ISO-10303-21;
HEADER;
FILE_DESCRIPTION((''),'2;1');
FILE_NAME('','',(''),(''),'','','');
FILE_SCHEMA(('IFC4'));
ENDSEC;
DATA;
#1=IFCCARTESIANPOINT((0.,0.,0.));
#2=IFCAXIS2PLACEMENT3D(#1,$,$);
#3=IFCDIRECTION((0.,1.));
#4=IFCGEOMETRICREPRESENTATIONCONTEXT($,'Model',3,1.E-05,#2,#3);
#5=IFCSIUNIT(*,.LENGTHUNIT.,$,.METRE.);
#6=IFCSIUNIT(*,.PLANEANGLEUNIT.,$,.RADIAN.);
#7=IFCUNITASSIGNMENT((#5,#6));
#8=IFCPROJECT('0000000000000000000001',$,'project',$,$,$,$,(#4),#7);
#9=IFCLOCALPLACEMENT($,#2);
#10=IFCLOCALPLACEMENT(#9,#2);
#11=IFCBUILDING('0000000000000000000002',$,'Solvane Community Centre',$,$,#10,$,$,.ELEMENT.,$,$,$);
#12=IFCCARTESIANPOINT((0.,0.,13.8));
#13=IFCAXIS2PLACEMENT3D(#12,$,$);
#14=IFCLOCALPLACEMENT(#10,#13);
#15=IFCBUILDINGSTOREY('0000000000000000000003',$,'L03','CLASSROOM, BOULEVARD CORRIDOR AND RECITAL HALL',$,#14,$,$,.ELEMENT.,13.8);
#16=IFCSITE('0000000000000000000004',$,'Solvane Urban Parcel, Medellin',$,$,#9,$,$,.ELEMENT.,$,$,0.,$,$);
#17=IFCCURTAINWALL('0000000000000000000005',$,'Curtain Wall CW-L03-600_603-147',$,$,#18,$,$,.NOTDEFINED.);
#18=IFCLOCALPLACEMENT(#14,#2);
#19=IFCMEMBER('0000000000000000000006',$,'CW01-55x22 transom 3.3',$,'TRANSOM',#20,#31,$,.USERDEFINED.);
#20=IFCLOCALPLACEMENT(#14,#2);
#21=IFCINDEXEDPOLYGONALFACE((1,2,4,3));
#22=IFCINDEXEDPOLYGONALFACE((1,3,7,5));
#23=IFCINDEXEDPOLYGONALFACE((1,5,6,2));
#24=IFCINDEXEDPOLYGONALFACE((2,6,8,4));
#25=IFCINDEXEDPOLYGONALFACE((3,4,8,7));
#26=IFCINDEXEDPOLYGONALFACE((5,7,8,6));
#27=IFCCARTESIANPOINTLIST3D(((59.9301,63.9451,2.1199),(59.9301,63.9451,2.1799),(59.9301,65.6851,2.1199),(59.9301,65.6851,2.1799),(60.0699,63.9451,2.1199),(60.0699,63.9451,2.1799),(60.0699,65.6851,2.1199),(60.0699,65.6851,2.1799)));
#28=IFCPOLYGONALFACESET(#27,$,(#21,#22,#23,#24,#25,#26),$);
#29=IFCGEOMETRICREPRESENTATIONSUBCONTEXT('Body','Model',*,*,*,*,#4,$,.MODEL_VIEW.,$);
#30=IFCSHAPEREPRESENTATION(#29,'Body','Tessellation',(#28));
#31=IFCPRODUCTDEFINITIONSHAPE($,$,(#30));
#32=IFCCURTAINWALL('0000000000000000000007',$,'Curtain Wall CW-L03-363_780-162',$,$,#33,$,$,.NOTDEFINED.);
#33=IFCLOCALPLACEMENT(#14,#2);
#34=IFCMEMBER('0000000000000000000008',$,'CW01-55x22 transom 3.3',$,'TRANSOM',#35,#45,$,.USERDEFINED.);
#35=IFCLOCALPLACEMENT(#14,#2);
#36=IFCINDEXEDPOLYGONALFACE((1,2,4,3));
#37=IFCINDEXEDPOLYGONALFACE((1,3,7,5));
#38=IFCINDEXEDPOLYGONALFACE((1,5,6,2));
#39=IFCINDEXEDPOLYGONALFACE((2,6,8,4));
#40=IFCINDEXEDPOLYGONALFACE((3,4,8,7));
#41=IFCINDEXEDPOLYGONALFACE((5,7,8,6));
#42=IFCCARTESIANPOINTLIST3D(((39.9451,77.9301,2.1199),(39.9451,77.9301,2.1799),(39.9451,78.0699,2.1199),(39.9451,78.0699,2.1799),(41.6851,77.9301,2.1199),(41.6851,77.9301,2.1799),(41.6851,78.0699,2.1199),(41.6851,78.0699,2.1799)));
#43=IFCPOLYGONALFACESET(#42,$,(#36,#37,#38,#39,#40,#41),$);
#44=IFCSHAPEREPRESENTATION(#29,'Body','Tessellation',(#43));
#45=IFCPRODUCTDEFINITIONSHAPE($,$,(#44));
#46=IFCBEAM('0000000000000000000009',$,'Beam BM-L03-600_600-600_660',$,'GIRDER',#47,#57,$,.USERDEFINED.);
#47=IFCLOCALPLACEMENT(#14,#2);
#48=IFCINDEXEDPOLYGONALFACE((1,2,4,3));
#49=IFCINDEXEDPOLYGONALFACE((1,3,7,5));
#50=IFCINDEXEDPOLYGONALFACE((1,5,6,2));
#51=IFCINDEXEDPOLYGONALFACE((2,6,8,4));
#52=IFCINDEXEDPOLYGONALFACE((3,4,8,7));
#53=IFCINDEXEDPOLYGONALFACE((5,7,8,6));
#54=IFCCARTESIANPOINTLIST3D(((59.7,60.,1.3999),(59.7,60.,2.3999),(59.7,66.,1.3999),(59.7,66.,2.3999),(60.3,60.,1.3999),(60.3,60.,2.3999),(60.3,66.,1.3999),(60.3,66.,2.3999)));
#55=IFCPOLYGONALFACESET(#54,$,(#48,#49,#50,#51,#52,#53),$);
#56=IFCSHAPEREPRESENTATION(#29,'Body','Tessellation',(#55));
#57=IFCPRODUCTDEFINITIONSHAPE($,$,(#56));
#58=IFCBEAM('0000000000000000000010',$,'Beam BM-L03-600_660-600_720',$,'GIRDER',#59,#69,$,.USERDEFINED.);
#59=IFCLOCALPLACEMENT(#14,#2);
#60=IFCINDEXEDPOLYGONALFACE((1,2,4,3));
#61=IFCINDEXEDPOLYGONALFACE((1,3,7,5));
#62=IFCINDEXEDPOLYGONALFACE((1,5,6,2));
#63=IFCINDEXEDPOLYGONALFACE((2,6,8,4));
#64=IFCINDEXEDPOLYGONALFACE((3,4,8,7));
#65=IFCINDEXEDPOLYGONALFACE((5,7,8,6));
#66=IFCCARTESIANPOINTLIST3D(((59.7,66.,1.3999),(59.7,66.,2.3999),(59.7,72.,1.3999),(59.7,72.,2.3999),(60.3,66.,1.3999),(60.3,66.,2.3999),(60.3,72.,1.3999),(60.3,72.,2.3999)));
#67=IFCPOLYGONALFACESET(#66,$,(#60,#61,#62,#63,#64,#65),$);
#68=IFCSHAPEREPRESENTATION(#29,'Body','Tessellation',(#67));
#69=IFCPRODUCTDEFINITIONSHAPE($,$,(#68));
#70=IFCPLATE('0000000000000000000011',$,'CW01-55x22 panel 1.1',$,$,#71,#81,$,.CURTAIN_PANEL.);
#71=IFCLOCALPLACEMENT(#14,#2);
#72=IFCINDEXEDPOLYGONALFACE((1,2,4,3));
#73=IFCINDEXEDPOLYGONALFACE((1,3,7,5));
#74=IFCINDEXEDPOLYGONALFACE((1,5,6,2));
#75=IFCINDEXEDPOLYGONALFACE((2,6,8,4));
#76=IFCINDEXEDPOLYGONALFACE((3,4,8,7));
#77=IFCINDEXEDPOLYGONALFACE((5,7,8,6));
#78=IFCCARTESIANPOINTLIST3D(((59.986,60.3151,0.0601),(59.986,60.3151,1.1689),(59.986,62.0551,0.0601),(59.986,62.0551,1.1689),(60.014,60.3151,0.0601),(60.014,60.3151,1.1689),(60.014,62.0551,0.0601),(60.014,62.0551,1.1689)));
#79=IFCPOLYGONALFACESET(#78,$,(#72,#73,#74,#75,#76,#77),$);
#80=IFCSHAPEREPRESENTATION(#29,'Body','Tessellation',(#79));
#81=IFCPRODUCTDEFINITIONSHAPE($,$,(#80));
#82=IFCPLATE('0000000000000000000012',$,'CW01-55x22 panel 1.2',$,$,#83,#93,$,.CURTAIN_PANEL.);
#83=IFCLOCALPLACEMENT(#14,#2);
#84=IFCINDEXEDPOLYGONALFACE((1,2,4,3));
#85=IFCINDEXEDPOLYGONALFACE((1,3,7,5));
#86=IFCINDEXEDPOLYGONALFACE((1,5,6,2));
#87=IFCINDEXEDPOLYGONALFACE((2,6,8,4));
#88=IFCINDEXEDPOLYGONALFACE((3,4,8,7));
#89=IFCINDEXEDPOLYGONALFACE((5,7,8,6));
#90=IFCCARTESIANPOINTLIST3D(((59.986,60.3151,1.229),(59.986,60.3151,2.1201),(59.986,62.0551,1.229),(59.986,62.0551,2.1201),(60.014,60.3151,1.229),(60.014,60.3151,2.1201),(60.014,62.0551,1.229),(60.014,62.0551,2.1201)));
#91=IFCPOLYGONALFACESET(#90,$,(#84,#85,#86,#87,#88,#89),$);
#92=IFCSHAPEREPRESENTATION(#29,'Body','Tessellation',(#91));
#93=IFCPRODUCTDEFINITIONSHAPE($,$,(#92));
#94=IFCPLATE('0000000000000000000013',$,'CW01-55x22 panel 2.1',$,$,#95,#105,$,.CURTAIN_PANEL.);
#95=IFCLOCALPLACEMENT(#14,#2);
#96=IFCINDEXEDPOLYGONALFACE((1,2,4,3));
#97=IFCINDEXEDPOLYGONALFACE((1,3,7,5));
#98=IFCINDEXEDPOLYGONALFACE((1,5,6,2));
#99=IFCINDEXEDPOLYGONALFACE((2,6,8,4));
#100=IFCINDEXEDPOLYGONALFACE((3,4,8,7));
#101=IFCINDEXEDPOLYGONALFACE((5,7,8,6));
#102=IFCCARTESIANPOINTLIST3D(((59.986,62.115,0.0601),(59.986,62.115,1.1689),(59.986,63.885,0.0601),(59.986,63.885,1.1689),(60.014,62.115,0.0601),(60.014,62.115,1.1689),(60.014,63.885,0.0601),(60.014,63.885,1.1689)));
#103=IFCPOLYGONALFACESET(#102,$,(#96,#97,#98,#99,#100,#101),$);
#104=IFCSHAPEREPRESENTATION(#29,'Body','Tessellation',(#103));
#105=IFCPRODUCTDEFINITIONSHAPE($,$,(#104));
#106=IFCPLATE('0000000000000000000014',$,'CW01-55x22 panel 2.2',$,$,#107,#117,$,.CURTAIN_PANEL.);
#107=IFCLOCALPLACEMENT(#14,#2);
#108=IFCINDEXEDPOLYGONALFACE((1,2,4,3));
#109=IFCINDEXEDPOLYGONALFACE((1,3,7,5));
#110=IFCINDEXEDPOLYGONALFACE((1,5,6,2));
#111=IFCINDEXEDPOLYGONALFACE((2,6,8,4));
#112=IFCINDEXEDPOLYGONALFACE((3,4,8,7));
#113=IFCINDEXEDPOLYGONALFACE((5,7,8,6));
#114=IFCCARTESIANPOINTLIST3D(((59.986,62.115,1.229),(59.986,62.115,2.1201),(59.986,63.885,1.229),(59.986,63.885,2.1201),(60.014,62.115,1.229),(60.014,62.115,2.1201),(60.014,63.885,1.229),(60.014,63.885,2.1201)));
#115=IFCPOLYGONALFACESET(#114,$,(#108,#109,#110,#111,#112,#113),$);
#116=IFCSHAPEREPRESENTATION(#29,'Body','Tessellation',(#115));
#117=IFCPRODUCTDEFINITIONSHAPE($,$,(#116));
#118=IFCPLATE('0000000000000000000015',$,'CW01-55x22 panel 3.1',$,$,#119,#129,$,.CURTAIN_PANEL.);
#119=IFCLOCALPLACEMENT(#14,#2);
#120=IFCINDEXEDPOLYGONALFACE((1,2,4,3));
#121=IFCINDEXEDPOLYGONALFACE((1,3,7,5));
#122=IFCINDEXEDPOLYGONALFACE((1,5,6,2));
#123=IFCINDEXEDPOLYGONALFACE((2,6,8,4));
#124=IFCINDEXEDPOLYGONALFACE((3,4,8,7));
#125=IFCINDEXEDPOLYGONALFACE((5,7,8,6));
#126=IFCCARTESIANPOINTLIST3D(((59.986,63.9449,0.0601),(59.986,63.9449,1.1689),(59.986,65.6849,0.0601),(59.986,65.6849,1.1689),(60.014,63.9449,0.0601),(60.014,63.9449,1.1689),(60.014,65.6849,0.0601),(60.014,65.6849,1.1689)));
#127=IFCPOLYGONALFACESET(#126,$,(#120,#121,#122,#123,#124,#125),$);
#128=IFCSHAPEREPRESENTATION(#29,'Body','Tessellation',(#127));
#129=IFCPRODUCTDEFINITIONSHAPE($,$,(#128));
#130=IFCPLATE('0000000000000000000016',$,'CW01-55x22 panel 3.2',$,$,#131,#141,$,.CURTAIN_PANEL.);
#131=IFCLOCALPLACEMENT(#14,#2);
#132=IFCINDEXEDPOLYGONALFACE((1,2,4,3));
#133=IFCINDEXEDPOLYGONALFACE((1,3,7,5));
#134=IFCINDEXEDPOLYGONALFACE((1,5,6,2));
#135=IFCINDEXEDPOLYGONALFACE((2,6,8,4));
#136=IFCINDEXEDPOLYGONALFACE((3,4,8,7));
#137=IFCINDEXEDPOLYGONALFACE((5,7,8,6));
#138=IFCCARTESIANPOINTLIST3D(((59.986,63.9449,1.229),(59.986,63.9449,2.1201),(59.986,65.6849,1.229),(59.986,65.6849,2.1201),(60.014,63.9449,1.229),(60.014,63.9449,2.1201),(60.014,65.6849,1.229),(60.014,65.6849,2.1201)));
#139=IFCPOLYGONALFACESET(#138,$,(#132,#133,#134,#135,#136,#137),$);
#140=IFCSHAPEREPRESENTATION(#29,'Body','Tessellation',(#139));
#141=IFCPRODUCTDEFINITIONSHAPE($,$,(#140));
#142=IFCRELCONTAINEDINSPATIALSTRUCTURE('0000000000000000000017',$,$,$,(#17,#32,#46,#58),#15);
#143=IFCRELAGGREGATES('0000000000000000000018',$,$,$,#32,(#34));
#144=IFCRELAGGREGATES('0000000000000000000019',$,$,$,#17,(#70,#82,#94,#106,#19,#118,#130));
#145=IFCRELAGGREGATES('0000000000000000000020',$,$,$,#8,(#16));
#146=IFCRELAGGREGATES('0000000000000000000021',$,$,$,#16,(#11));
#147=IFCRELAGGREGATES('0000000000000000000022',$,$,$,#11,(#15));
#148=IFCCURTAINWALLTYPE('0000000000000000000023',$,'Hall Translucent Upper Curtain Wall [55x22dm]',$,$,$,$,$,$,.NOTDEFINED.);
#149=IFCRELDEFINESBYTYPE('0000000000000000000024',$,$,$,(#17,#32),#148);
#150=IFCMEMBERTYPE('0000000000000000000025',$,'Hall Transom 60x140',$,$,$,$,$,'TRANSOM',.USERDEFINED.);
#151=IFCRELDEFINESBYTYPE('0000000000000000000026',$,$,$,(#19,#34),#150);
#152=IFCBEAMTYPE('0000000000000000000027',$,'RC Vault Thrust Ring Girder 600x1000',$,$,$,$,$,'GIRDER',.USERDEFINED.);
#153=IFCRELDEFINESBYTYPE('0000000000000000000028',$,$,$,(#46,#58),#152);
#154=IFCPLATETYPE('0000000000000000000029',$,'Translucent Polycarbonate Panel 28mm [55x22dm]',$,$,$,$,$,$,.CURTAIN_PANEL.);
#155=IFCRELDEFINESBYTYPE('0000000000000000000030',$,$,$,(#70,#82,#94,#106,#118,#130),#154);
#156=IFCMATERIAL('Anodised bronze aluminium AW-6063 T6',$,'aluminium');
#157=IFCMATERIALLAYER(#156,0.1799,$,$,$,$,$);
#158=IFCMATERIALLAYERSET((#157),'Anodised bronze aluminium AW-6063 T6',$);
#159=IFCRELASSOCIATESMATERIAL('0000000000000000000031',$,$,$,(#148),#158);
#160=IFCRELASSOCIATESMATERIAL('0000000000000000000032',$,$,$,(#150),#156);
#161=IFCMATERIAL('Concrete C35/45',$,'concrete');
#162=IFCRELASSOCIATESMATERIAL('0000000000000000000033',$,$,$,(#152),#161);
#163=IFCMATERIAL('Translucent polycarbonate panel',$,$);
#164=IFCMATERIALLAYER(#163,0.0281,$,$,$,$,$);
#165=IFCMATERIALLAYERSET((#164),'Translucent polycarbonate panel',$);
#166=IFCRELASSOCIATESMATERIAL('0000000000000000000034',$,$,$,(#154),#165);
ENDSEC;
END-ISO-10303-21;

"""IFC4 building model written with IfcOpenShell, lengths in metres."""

from ifc_helpers import new_model, si_unit, direction, frame, origin, origin_2d, place, context, subcontext, project, spatial, rectangle, extrude, material, layer, layer_set, material_profile, profile_set, type_object, element, aggregate, save


model = new_model("IFC4")

# Units and contexts
model_context = context("Model", 3, precision=1e-05, world=origin(), true_north=direction((0.0, 1.0)))
body_context = subcontext(model_context, "Body", "Model", "MODEL_VIEW")
ifc_project = project(units=[si_unit("LENGTHUNIT", "METRE"), si_unit("PLANEANGLEUNIT", "RADIAN")], contexts=[model_context])

# Site, building, storey
site_placement = place(None, origin())
site = spatial("IfcSite", under=ifc_project, at=site_placement, Name="Solvane Urban Parcel, Medellin", CompositionType="ELEMENT", RefElevation=0.0)
building_placement = place(site_placement, origin())
building = spatial("IfcBuilding", under=site, at=building_placement, Name="Solvane Community Centre", CompositionType="ELEMENT")
storey_placement = place(building_placement, frame((0.0, 0.0, 13.8)))
storey = spatial("IfcBuildingStorey", under=building, at=storey_placement, Name="L03", Description="CLASSROOM, BOULEVARD CORRIDOR AND RECITAL HALL", CompositionType="ELEMENT", Elevation=13.8)

# Shared definitions
ifc_material_1 = material(Name="Anodised bronze aluminium AW-6063 T6", Category="aluminium")
ifc_layer_1 = layer(ifc_material_1, 0.1799)
ifc_layer_set_1 = layer_set([ifc_layer_1], Name="Anodised bronze aluminium AW-6063 T6")
curtain_wall_type = type_object("IfcCurtainWallType", Name="Hall Translucent Upper Curtain Wall [55x22dm]", PredefinedType="NOTDEFINED", material=ifc_layer_set_1)

# Curtain wall, member
curtain_wall_1_placement = place(storey_placement, origin())
curtain_wall_1 = element("IfcCurtainWall", 1, at=curtain_wall_1_placement, inside=storey, type_object=curtain_wall_type, Name="Curtain Wall CW-L03-600_603-147", PredefinedType="NOTDEFINED")
ifc_material_profile_1 = material_profile(ifc_material_1, rectangle(XDim=0.1399, YDim=0.0601, at=origin_2d()), Name="CW-T 60x140")
ifc_profile_set_1 = profile_set([ifc_material_profile_1], Name="Anodised bronze aluminium AW-6063 T6")
member_type_1 = type_object("IfcMemberType", Name="Hall Transom 60x140", ElementType="TRANSOM", PredefinedType="USERDEFINED", material=ifc_profile_set_1)
member_1_placement = place(storey_placement, frame((60.0, 63.9451, 2.1499), z_axis=(0.0, 1.0, 0.0), x_axis=(-1.0, 0.0, 0.0)))
member_1 = element("IfcMember", 2, at=member_1_placement, type_object=member_type_1, Name="CW01-55x22 transom 3.3", ObjectType="TRANSOM", PredefinedType="USERDEFINED", context=body_context, shape_type="SweptSolid", body=[
    extrude(rectangle(XDim=0.1399, YDim=0.0601, at=origin_2d()), origin(), (0.0, 0.0, 1.0), 1.74),
])

# Curtain wall, member
curtain_wall_2_placement = place(storey_placement, origin())
curtain_wall_2 = element("IfcCurtainWall", 3, at=curtain_wall_2_placement, inside=storey, type_object=curtain_wall_type, Name="Curtain Wall CW-L03-363_780-162", PredefinedType="NOTDEFINED")
member_2_placement = place(storey_placement, frame((39.9451, 78.0, 2.1499), z_axis=(1.0, 0.0, 0.0), x_axis=(0.0, 1.0, 0.0)))
member_2 = element("IfcMember", 4, at=member_2_placement, type_object=member_type_1, Name="CW01-55x22 transom 3.3", ObjectType="TRANSOM", PredefinedType="USERDEFINED", context=body_context, shape_type="SweptSolid", body=[
    extrude(rectangle(XDim=0.1399, YDim=0.0601, at=origin_2d()), origin(), (0.0, 0.0, 1.0), 1.74),
])
aggregate(curtain_wall_2, [member_2])

# Beams
ifc_material_2 = material(Name="Concrete C35/45", Category="concrete")
ifc_material_profile_2 = material_profile(ifc_material_2, rectangle(XDim=0.6001, YDim=1.0, at=origin_2d()), Name="RC 600x1000")
ifc_profile_set_2 = profile_set([ifc_material_profile_2], Name="Concrete C35/45")
beam_type = type_object("IfcBeamType", Name="RC Vault Thrust Ring Girder 600x1000", ElementType="GIRDER", PredefinedType="USERDEFINED", material=ifc_profile_set_2)
for number, where, z_axis, x_axis, name in (
    (5, (60.0, 60.0, 1.8999), (0.0, 1.0, 0.0), (-1.0, 0.0, 0.0), "Beam BM-L03-600_600-600_660"),
    (6, (60.0, 66.0, 1.8999), (0.0, 1.0, 0.0), (-1.0, 0.0, 0.0), "Beam BM-L03-600_660-600_720"),
):
    element("IfcBeam", number, at=place(storey_placement, frame(where, z_axis=z_axis, x_axis=x_axis)), inside=storey, type_object=beam_type, Name=name, ObjectType="GIRDER", PredefinedType="USERDEFINED", context=body_context, shape_type="SweptSolid", body=[
        extrude(rectangle(XDim=0.6001, YDim=1.0, at=origin_2d()), origin(), (0.0, 0.0, 1.0), 6.0),
    ])

# Plates
ifc_material_3 = material(Name="Translucent polycarbonate panel")
ifc_layer_2 = layer(ifc_material_3, 0.0281)
ifc_layer_set_2 = layer_set([ifc_layer_2], Name="Translucent polycarbonate panel")
plate_type = type_object("IfcPlateType", Name="Translucent Polycarbonate Panel 28mm [55x22dm]", PredefinedType="CURTAIN_PANEL", material=ifc_layer_set_2)
plate_1_placement = place(storey_placement, frame((60.0, 61.1851, 0.0601), z_axis=(0.0, 0.0, 1.0), x_axis=(0.0, 1.0, 0.0)))
plate_1 = element("IfcPlate", 7, at=plate_1_placement, type_object=plate_type, Name="CW01-55x22 panel 1.1", PredefinedType="CURTAIN_PANEL", context=body_context, shape_type="SweptSolid", body=[
    extrude(rectangle(XDim=1.74, YDim=0.0281, at=origin_2d()), origin(), (0.0, 0.0, 1.0), 1.1089),
])
plate_2_placement = place(storey_placement, frame((60.0, 61.1851, 1.229), z_axis=(0.0, 0.0, 1.0), x_axis=(0.0, 1.0, 0.0)))
plate_2 = element("IfcPlate", 8, at=plate_2_placement, type_object=plate_type, Name="CW01-55x22 panel 1.2", PredefinedType="CURTAIN_PANEL", context=body_context, shape_type="SweptSolid", body=[
    extrude(rectangle(XDim=1.74, YDim=0.0281, at=origin_2d()), origin(), (0.0, 0.0, 1.0), 0.8911),
])
plate_3_placement = place(storey_placement, frame((60.0, 63.0, 0.0601), z_axis=(0.0, 0.0, 1.0), x_axis=(0.0, 1.0, 0.0)))
plate_3 = element("IfcPlate", 9, at=plate_3_placement, type_object=plate_type, Name="CW01-55x22 panel 2.1", PredefinedType="CURTAIN_PANEL", context=body_context, shape_type="SweptSolid", body=[
    extrude(rectangle(XDim=1.77, YDim=0.0281, at=origin_2d()), origin(), (0.0, 0.0, 1.0), 1.1089),
])
plate_4_placement = place(storey_placement, frame((60.0, 63.0, 1.229), z_axis=(0.0, 0.0, 1.0), x_axis=(0.0, 1.0, 0.0)))
plate_4 = element("IfcPlate", 10, at=plate_4_placement, type_object=plate_type, Name="CW01-55x22 panel 2.2", PredefinedType="CURTAIN_PANEL", context=body_context, shape_type="SweptSolid", body=[
    extrude(rectangle(XDim=1.77, YDim=0.0281, at=origin_2d()), origin(), (0.0, 0.0, 1.0), 0.8911),
])
plate_5_placement = place(storey_placement, frame((60.0, 64.8149, 0.0601), z_axis=(0.0, 0.0, 1.0), x_axis=(0.0, 1.0, 0.0)))
plate_5 = element("IfcPlate", 11, at=plate_5_placement, type_object=plate_type, Name="CW01-55x22 panel 3.1", PredefinedType="CURTAIN_PANEL", context=body_context, shape_type="SweptSolid", body=[
    extrude(rectangle(XDim=1.74, YDim=0.0281, at=origin_2d()), origin(), (0.0, 0.0, 1.0), 1.1089),
])
plate_6_placement = place(storey_placement, frame((60.0, 64.8149, 1.229), z_axis=(0.0, 0.0, 1.0), x_axis=(0.0, 1.0, 0.0)))
plate_6 = element("IfcPlate", 12, at=plate_6_placement, type_object=plate_type, Name="CW01-55x22 panel 3.2", PredefinedType="CURTAIN_PANEL", context=body_context, shape_type="SweptSolid", body=[
    extrude(rectangle(XDim=1.74, YDim=0.0281, at=origin_2d()), origin(), (0.0, 0.0, 1.0), 0.8911),
])
aggregate(curtain_wall_1, [plate_1, plate_2, plate_3, plate_4, member_1, plate_5, plate_6])

save(model, "model.ifc")
